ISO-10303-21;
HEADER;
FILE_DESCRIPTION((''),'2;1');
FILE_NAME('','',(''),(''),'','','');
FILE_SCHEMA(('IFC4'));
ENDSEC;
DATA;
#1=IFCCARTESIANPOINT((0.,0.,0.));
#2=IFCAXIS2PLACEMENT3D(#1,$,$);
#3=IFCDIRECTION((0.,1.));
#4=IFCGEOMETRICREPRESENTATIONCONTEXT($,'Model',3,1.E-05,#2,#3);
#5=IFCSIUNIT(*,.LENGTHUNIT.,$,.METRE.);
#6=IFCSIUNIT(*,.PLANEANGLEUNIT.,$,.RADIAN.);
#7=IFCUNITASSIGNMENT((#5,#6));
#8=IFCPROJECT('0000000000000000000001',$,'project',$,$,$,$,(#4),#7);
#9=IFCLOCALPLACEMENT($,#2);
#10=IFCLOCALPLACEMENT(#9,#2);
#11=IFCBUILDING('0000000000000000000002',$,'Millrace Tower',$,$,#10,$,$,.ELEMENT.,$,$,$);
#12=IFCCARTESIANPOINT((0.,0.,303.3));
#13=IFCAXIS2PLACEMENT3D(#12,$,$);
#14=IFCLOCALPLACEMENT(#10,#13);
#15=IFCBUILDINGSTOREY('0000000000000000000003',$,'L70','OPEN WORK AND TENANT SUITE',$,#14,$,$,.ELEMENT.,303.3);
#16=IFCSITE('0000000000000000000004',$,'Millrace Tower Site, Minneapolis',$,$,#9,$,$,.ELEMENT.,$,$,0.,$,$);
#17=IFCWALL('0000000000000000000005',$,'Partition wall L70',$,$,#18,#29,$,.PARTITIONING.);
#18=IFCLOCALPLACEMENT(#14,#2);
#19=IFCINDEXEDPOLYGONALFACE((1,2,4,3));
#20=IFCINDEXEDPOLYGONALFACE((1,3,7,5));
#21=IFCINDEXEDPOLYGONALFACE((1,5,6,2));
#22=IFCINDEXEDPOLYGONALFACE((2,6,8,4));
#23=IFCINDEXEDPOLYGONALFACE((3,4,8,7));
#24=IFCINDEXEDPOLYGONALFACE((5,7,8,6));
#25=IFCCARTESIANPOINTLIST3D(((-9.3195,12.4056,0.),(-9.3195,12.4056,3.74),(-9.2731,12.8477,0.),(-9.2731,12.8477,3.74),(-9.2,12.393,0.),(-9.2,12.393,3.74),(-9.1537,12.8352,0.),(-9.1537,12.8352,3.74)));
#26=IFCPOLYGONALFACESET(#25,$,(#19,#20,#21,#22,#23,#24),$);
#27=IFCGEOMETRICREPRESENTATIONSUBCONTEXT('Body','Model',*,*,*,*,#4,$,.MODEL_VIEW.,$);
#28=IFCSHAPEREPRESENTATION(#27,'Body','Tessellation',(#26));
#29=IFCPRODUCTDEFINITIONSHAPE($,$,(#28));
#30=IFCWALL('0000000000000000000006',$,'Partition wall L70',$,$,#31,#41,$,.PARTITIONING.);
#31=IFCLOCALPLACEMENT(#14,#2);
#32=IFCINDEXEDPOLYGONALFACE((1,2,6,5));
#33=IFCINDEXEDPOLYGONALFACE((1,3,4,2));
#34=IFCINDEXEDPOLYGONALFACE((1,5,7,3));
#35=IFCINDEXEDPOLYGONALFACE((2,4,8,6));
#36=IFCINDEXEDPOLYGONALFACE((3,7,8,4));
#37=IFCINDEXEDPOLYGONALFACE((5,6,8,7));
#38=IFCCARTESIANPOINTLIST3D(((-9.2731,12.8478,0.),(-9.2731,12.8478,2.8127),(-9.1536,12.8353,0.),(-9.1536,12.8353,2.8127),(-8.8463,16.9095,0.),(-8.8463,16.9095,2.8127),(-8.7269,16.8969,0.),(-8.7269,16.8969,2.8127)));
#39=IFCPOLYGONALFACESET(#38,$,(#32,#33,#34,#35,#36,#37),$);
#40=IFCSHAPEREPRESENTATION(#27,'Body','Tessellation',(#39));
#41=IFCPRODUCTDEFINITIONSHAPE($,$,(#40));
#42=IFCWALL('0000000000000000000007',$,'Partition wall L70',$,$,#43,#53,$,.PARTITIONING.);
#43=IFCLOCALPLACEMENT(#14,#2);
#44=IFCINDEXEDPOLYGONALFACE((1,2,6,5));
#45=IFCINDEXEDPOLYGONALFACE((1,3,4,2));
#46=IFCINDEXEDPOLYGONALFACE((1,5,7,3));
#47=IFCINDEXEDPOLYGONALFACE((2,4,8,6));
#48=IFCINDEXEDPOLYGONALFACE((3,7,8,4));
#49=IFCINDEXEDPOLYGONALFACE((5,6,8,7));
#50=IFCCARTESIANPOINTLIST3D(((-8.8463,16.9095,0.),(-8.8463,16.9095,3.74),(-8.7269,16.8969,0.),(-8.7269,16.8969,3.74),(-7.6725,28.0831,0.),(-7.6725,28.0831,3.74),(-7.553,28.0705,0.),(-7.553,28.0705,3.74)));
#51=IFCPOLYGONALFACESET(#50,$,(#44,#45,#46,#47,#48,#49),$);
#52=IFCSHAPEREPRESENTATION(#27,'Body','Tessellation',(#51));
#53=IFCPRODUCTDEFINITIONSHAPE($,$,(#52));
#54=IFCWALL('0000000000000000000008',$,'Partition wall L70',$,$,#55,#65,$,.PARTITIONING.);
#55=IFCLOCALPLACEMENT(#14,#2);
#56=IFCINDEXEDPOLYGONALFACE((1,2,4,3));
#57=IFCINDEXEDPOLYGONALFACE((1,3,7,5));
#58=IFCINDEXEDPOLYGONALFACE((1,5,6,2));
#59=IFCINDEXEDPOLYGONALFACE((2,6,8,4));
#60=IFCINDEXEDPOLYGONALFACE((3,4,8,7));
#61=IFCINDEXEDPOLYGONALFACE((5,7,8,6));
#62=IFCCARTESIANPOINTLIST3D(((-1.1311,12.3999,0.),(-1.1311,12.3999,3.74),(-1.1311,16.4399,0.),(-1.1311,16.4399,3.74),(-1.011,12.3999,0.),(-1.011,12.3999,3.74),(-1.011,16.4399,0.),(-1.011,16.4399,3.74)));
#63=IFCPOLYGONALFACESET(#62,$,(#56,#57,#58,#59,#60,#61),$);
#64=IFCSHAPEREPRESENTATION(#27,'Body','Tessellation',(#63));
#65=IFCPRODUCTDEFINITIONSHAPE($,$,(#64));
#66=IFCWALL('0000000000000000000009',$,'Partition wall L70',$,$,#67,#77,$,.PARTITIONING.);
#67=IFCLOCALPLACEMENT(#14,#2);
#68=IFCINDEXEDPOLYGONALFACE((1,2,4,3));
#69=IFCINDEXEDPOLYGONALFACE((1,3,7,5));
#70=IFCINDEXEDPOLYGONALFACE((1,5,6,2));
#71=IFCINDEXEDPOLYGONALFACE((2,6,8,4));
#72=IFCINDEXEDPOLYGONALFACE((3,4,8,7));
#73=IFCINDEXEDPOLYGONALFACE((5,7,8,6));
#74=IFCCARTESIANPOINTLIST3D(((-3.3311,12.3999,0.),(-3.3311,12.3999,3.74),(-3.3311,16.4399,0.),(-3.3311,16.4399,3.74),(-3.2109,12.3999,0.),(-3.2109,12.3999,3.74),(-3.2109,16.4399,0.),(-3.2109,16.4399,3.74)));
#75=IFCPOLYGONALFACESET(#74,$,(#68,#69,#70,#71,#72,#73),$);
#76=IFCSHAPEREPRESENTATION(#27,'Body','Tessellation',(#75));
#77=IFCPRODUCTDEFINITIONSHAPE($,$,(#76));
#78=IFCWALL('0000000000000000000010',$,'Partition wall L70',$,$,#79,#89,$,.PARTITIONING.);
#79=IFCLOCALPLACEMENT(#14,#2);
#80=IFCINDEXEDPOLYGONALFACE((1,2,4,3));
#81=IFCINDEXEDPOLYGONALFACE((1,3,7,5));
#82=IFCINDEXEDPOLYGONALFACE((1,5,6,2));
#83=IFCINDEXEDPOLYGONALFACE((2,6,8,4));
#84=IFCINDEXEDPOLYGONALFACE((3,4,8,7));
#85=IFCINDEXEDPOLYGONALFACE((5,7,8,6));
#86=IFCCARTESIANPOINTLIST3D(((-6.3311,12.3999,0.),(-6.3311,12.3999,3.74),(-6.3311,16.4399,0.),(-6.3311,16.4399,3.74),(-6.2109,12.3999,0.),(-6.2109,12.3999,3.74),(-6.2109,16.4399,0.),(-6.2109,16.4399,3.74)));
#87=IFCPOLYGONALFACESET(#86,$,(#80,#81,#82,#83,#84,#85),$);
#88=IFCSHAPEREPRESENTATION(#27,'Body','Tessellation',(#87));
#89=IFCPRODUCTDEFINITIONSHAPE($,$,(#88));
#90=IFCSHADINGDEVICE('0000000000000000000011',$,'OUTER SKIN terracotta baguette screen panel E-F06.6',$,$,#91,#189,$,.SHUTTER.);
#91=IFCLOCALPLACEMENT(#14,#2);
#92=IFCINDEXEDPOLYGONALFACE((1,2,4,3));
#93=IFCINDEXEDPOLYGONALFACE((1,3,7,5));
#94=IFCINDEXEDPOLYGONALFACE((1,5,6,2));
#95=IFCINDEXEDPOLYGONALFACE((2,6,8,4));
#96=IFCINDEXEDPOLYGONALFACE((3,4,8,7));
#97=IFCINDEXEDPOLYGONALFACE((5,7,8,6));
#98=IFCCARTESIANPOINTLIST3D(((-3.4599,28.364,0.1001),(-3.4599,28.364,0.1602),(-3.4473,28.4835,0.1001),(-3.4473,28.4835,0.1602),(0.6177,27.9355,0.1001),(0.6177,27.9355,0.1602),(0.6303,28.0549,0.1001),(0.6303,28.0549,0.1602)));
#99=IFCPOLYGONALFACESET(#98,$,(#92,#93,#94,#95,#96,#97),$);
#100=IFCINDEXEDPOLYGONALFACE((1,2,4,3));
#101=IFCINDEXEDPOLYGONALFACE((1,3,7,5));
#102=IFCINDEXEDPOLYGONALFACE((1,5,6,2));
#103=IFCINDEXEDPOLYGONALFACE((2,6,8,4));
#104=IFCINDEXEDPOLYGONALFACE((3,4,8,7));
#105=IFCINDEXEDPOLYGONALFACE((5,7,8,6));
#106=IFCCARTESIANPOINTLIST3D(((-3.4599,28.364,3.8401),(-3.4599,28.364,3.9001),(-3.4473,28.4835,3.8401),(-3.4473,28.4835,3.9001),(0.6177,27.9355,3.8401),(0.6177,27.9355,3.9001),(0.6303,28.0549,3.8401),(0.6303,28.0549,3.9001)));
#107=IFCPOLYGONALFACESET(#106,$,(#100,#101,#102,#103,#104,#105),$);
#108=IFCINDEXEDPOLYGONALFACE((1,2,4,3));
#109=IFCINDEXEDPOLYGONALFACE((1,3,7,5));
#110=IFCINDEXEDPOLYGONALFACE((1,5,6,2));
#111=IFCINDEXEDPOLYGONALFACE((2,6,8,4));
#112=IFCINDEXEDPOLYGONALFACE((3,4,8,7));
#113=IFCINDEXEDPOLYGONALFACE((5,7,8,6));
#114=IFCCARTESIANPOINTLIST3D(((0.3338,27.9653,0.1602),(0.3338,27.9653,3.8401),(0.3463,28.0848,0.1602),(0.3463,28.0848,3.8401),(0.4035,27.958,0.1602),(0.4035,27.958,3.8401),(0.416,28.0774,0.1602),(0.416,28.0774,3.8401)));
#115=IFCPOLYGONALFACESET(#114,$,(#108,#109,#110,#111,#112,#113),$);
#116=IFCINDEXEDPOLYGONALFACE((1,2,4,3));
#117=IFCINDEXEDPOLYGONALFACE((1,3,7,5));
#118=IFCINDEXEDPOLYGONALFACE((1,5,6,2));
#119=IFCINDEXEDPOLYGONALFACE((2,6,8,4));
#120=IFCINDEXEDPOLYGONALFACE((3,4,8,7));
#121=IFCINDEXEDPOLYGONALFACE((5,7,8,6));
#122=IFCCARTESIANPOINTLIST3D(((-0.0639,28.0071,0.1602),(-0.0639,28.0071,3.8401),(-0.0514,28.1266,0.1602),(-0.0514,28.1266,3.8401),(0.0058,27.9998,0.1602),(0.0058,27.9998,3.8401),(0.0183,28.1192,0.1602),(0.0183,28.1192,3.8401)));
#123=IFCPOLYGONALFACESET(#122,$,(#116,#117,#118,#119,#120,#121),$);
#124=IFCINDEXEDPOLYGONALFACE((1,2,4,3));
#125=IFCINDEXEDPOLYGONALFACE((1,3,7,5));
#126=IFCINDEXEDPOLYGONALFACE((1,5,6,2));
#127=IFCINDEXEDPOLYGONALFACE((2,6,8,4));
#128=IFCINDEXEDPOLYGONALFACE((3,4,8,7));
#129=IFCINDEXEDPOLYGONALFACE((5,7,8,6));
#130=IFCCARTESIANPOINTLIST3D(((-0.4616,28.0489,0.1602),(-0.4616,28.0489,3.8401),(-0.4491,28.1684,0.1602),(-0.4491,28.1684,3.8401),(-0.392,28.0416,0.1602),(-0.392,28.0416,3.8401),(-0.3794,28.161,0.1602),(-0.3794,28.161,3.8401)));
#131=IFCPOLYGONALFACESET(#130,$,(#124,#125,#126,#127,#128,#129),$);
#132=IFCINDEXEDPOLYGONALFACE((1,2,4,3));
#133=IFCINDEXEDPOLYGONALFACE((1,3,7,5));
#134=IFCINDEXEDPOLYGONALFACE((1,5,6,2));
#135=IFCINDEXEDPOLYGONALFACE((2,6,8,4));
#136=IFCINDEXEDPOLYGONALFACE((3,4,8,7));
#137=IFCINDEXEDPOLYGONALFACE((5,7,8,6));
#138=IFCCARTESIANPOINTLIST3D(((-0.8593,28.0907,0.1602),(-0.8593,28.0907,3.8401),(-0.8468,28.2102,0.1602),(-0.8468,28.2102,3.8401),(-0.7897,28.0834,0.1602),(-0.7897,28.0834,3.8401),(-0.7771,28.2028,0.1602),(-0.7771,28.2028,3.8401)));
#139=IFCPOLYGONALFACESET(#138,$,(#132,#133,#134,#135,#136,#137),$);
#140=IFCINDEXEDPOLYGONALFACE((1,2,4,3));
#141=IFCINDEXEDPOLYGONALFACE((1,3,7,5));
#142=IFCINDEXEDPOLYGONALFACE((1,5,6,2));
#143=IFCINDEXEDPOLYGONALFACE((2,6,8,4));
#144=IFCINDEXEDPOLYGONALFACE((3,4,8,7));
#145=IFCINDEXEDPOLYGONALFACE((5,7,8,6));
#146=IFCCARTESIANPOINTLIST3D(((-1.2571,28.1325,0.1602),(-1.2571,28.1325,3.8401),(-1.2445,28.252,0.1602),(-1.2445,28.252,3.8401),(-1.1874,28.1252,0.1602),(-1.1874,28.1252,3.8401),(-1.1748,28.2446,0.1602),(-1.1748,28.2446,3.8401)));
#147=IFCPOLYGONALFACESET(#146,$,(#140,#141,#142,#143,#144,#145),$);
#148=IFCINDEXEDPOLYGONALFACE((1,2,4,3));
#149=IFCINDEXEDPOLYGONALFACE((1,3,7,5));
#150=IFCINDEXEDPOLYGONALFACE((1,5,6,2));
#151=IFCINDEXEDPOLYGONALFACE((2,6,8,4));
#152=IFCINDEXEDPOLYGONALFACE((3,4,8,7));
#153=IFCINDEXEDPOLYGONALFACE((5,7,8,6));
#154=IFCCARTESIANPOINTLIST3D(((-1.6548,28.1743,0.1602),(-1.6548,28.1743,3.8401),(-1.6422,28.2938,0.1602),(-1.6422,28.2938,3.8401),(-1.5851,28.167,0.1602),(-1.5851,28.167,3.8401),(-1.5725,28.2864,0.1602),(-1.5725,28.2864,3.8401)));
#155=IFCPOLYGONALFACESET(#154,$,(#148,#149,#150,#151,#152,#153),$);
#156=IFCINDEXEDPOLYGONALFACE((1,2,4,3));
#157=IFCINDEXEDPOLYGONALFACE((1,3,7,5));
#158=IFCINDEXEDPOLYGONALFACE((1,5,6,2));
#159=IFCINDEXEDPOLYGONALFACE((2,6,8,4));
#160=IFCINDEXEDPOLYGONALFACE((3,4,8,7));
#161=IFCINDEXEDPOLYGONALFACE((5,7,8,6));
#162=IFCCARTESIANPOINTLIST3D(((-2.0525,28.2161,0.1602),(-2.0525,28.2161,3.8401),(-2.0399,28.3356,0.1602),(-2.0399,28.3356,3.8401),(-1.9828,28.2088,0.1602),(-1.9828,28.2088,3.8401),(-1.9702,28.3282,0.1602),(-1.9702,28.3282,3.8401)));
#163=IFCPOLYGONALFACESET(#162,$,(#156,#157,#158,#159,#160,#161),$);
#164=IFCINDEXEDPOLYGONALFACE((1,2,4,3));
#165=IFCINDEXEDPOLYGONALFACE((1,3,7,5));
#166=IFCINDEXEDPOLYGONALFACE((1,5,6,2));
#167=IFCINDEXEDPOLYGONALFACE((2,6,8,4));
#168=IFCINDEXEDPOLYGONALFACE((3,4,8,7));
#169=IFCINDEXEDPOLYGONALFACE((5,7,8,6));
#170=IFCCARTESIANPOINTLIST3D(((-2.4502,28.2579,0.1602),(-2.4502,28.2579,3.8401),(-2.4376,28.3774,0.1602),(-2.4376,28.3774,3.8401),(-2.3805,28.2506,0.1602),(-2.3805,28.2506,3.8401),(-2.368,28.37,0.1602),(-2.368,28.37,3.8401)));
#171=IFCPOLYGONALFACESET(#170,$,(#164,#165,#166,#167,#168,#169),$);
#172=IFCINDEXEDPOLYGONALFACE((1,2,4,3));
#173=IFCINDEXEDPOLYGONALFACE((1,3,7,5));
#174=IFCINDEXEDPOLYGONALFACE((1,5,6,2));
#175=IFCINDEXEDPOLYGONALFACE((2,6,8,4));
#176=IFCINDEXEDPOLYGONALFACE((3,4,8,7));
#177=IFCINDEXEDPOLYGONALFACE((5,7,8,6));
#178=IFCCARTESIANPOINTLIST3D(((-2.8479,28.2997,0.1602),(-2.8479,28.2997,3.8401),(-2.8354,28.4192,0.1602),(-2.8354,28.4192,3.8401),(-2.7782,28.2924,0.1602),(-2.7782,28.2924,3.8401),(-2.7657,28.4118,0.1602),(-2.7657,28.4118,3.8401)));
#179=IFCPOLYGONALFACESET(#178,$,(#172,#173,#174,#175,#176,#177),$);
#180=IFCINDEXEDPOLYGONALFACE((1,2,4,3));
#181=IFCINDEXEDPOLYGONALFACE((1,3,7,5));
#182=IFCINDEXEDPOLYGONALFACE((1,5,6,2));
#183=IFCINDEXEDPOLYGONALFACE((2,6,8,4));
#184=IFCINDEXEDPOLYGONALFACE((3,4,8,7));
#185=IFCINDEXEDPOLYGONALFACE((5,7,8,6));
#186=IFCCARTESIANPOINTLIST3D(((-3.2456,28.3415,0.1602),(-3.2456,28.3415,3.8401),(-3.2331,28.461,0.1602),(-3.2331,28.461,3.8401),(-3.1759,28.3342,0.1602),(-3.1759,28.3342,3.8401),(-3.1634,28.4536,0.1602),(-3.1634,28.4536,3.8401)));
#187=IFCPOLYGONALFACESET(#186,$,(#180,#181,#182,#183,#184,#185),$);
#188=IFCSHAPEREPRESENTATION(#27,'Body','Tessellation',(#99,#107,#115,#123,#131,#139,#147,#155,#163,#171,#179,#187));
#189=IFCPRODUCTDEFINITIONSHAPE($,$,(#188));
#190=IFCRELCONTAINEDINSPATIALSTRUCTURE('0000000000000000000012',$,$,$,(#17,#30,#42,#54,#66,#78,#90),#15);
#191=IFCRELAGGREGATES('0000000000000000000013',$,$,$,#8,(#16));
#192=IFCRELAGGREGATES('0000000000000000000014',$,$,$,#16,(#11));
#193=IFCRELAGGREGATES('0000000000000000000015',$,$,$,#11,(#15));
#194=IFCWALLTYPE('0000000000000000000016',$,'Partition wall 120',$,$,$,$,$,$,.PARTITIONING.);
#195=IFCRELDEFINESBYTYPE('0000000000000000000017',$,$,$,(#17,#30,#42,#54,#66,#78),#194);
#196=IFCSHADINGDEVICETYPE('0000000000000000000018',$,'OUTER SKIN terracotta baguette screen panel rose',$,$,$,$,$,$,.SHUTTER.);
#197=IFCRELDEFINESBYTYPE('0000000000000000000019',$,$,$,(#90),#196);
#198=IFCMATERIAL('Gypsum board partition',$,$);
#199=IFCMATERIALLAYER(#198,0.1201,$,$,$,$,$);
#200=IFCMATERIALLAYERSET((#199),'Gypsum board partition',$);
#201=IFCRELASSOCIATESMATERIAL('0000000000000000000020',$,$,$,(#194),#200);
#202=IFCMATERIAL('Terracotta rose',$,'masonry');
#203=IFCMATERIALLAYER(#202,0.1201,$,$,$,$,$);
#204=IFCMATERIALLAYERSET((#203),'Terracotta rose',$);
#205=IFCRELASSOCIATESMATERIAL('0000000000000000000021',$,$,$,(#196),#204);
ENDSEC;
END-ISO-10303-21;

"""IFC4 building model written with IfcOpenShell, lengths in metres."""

from ifc_helpers import new_model, entity, si_unit, direction, frame, frame_2d, origin, place, context, subcontext, project, spatial, rectangle, extrude, source, transform, mapped, material, layer, layer_set, type_object, element, save


model = new_model("IFC4")

# Units and contexts
model_context = context("Model", 3, precision=1e-05, world=origin(), true_north=direction((0.0, 1.0)))
body_context = subcontext(model_context, "Body", "Model", "MODEL_VIEW")
ifc_project = project(units=[si_unit("LENGTHUNIT", "METRE"), si_unit("PLANEANGLEUNIT", "RADIAN")], contexts=[model_context])

# Site, building, storey
site_placement = place(None, origin())
site = spatial("IfcSite", under=ifc_project, at=site_placement, Name="Millrace Tower Site, Minneapolis", CompositionType="ELEMENT", RefElevation=0.0)
building_placement = place(site_placement, origin())
building = spatial("IfcBuilding", under=site, at=building_placement, Name="Millrace Tower", CompositionType="ELEMENT")
storey_placement = place(building_placement, frame((0.0, 0.0, 303.3)))
storey = spatial("IfcBuildingStorey", under=building, at=storey_placement, Name="L70", Description="OPEN WORK AND TENANT SUITE", CompositionType="ELEMENT", Elevation=303.3)

# Walls
ifc_material_1 = material(Name="Gypsum board partition")
ifc_layer_1 = layer(ifc_material_1, 0.1201)
ifc_layer_set_1 = layer_set([ifc_layer_1], Name="Gypsum board partition")
wall_type_1 = type_object("IfcWallType", Name="Partition wall 120", PredefinedType="PARTITIONING", material=ifc_layer_set_1)
wall_1_placement = place(storey_placement, frame((-9.2598, 12.3994, 0.0), z_axis=(0.0, 0.0, 1.0), x_axis=(0.104342, 0.994542, 0.0)))
element("IfcWall", 1, at=wall_1_placement, inside=storey, type_object=wall_type_1, Name="Partition wall L70", PredefinedType="PARTITIONING", context=body_context, shape_type="SweptSolid", body=[
    extrude(rectangle(XDim=0.4446, YDim=0.1201, at=frame_2d((0.2222, 0.0))), origin(), (0.0, 0.0, 1.0), 3.74),
])
wall_2_placement = place(storey_placement, frame((-9.2134, 12.8416, 0.0), z_axis=(0.0, 0.0, 1.0), x_axis=(0.104498, 0.994525, 0.0)))
element("IfcWall", 2, at=wall_2_placement, inside=storey, type_object=wall_type_1, Name="Partition wall L70", PredefinedType="PARTITIONING", context=body_context, shape_type="SweptSolid", body=[
    extrude(rectangle(XDim=4.084, YDim=0.1201, at=frame_2d((2.042, 0.0))), origin(), (0.0, 0.0, 1.0), 2.8127),
])
wall_3_placement = place(storey_placement, frame((-8.7866, 16.9031, 0.0), z_axis=(0.0, 0.0, 1.0), x_axis=(0.104479, 0.994527, 0.0)))
element("IfcWall", 3, at=wall_3_placement, inside=storey, type_object=wall_type_1, Name="Partition wall L70", PredefinedType="PARTITIONING", context=body_context, shape_type="SweptSolid", body=[
    extrude(rectangle(XDim=11.2351, YDim=0.1201, at=frame_2d((5.6177, 0.0))), origin(), (0.0, 0.0, 1.0), 3.74),
])
for number, where, z_axis, x_axis, name in (
    (4, (-1.071, 12.3999, 0.0), (0.0, 0.0, 1.0), (0.0, 1.0, 0.0), "Partition wall L70"),
    (5, (-3.271, 12.3999, 0.0), (0.0, 0.0, 1.0), (0.0, 1.0, 0.0), "Partition wall L70"),
    (6, (-6.271, 12.3999, 0.0), (0.0, 0.0, 1.0), (0.0, 1.0, 0.0), "Partition wall L70"),
):
    element("IfcWall", number, at=place(storey_placement, frame(where, z_axis=z_axis, x_axis=x_axis)), inside=storey, type_object=wall_type_1, Name=name, PredefinedType="PARTITIONING", context=body_context, shape_type="SweptSolid", body=[
        extrude(rectangle(XDim=4.04, YDim=0.1201, at=frame_2d((2.02, 0.0))), origin(), (0.0, 0.0, 1.0), 3.74),
    ])

# Shading device
ifc_material_2 = material(Name="Terracotta rose", Category="masonry")
ifc_layer_2 = layer(ifc_material_2, 0.1201)
ifc_layer_set_2 = layer_set([ifc_layer_2], Name="Terracotta rose")
shading_device_type = type_object("IfcShadingDeviceType", Name="OUTER SKIN terracotta baguette screen panel rose", PredefinedType="SHUTTER", material=ifc_layer_set_2)
cartesian_point_1 = entity("IfcCartesianPoint", [-2.05, 0.0601])
shared_polyline_1 = entity("IfcPolyline", [cartesian_point_1, entity("IfcCartesianPoint", [2.05, 0.0601]), entity("IfcCartesianPoint", [2.05, -0.0601]), entity("IfcCartesianPoint", [-2.05, -0.0601]), cartesian_point_1])
shared_shape_1 = source(origin(), body_context, "Body", "SweptSolid", [
    entity("IfcExtrudedAreaSolid", entity("IfcArbitraryClosedProfileDef", "AREA", None, shared_polyline_1), entity("IfcAxis2Placement3D", entity("IfcCartesianPoint", [0.0, 0.0, 0.0])), entity("IfcDirection", [0.0, 0.0, 1.0]), 0.0601),
    entity("IfcExtrudedAreaSolid", entity("IfcArbitraryClosedProfileDef", "AREA", None, shared_polyline_1), entity("IfcAxis2Placement3D", entity("IfcCartesianPoint", [0.0, 0.0, 3.74])), entity("IfcDirection", [0.0, 0.0, 1.0]), 0.0601),
    extrude(rectangle(XDim=0.0701, YDim=0.1201, at=frame_2d((-1.7996, 0.0))), frame((0.0, 0.0, 0.0601)), (0.0, 0.0, 1.0), 3.6799),
    extrude(rectangle(XDim=0.0701, YDim=0.1201, at=frame_2d((-1.3997, 0.0))), frame((0.0, 0.0, 0.0601)), (0.0, 0.0, 1.0), 3.6799),
    extrude(rectangle(XDim=0.0701, YDim=0.1201, at=frame_2d((-0.9998, 0.0))), frame((0.0, 0.0, 0.0601)), (0.0, 0.0, 1.0), 3.6799),
    extrude(rectangle(XDim=0.0701, YDim=0.1201, at=frame_2d((-0.5999, 0.0))), frame((0.0, 0.0, 0.0601)), (0.0, 0.0, 1.0), 3.6799),
    extrude(rectangle(XDim=0.0701, YDim=0.1201, at=frame_2d((-0.2, 0.0))), frame((0.0, 0.0, 0.0601)), (0.0, 0.0, 1.0), 3.6799),
    extrude(rectangle(XDim=0.0701, YDim=0.1201, at=frame_2d((0.2, 0.0))), frame((0.0, 0.0, 0.0601)), (0.0, 0.0, 1.0), 3.6799),
    extrude(rectangle(XDim=0.0701, YDim=0.1201, at=frame_2d((0.5999, 0.0))), frame((0.0, 0.0, 0.0601)), (0.0, 0.0, 1.0), 3.6799),
    extrude(rectangle(XDim=0.0701, YDim=0.1201, at=frame_2d((0.9998, 0.0))), frame((0.0, 0.0, 0.0601)), (0.0, 0.0, 1.0), 3.6799),
    extrude(rectangle(XDim=0.0701, YDim=0.1201, at=frame_2d((1.3997, 0.0))), frame((0.0, 0.0, 0.0601)), (0.0, 0.0, 1.0), 3.6799),
    extrude(rectangle(XDim=0.0701, YDim=0.1201, at=frame_2d((1.7996, 0.0))), frame((0.0, 0.0, 0.0601)), (0.0, 0.0, 1.0), 3.6799),
])
for number, where, z_axis, x_axis, name in (
    (7, (-1.4148, 28.2095, 0.1001), (0.0, 0.0, 1.0), (-0.994522, 0.104528, 0.0), "OUTER SKIN terracotta baguette screen panel E-F06.6"),
):
    element("IfcShadingDevice", number, at=place(storey_placement, frame(where, z_axis=z_axis, x_axis=x_axis)), inside=storey, type_object=shading_device_type, Name=name, PredefinedType="SHUTTER", context=body_context, shape_type="MappedRepresentation", body=[
        mapped(shared_shape_1, transform((0.0, 0.0, 0.0), scale=1.0)),
    ])

save(model, "model.ifc")
